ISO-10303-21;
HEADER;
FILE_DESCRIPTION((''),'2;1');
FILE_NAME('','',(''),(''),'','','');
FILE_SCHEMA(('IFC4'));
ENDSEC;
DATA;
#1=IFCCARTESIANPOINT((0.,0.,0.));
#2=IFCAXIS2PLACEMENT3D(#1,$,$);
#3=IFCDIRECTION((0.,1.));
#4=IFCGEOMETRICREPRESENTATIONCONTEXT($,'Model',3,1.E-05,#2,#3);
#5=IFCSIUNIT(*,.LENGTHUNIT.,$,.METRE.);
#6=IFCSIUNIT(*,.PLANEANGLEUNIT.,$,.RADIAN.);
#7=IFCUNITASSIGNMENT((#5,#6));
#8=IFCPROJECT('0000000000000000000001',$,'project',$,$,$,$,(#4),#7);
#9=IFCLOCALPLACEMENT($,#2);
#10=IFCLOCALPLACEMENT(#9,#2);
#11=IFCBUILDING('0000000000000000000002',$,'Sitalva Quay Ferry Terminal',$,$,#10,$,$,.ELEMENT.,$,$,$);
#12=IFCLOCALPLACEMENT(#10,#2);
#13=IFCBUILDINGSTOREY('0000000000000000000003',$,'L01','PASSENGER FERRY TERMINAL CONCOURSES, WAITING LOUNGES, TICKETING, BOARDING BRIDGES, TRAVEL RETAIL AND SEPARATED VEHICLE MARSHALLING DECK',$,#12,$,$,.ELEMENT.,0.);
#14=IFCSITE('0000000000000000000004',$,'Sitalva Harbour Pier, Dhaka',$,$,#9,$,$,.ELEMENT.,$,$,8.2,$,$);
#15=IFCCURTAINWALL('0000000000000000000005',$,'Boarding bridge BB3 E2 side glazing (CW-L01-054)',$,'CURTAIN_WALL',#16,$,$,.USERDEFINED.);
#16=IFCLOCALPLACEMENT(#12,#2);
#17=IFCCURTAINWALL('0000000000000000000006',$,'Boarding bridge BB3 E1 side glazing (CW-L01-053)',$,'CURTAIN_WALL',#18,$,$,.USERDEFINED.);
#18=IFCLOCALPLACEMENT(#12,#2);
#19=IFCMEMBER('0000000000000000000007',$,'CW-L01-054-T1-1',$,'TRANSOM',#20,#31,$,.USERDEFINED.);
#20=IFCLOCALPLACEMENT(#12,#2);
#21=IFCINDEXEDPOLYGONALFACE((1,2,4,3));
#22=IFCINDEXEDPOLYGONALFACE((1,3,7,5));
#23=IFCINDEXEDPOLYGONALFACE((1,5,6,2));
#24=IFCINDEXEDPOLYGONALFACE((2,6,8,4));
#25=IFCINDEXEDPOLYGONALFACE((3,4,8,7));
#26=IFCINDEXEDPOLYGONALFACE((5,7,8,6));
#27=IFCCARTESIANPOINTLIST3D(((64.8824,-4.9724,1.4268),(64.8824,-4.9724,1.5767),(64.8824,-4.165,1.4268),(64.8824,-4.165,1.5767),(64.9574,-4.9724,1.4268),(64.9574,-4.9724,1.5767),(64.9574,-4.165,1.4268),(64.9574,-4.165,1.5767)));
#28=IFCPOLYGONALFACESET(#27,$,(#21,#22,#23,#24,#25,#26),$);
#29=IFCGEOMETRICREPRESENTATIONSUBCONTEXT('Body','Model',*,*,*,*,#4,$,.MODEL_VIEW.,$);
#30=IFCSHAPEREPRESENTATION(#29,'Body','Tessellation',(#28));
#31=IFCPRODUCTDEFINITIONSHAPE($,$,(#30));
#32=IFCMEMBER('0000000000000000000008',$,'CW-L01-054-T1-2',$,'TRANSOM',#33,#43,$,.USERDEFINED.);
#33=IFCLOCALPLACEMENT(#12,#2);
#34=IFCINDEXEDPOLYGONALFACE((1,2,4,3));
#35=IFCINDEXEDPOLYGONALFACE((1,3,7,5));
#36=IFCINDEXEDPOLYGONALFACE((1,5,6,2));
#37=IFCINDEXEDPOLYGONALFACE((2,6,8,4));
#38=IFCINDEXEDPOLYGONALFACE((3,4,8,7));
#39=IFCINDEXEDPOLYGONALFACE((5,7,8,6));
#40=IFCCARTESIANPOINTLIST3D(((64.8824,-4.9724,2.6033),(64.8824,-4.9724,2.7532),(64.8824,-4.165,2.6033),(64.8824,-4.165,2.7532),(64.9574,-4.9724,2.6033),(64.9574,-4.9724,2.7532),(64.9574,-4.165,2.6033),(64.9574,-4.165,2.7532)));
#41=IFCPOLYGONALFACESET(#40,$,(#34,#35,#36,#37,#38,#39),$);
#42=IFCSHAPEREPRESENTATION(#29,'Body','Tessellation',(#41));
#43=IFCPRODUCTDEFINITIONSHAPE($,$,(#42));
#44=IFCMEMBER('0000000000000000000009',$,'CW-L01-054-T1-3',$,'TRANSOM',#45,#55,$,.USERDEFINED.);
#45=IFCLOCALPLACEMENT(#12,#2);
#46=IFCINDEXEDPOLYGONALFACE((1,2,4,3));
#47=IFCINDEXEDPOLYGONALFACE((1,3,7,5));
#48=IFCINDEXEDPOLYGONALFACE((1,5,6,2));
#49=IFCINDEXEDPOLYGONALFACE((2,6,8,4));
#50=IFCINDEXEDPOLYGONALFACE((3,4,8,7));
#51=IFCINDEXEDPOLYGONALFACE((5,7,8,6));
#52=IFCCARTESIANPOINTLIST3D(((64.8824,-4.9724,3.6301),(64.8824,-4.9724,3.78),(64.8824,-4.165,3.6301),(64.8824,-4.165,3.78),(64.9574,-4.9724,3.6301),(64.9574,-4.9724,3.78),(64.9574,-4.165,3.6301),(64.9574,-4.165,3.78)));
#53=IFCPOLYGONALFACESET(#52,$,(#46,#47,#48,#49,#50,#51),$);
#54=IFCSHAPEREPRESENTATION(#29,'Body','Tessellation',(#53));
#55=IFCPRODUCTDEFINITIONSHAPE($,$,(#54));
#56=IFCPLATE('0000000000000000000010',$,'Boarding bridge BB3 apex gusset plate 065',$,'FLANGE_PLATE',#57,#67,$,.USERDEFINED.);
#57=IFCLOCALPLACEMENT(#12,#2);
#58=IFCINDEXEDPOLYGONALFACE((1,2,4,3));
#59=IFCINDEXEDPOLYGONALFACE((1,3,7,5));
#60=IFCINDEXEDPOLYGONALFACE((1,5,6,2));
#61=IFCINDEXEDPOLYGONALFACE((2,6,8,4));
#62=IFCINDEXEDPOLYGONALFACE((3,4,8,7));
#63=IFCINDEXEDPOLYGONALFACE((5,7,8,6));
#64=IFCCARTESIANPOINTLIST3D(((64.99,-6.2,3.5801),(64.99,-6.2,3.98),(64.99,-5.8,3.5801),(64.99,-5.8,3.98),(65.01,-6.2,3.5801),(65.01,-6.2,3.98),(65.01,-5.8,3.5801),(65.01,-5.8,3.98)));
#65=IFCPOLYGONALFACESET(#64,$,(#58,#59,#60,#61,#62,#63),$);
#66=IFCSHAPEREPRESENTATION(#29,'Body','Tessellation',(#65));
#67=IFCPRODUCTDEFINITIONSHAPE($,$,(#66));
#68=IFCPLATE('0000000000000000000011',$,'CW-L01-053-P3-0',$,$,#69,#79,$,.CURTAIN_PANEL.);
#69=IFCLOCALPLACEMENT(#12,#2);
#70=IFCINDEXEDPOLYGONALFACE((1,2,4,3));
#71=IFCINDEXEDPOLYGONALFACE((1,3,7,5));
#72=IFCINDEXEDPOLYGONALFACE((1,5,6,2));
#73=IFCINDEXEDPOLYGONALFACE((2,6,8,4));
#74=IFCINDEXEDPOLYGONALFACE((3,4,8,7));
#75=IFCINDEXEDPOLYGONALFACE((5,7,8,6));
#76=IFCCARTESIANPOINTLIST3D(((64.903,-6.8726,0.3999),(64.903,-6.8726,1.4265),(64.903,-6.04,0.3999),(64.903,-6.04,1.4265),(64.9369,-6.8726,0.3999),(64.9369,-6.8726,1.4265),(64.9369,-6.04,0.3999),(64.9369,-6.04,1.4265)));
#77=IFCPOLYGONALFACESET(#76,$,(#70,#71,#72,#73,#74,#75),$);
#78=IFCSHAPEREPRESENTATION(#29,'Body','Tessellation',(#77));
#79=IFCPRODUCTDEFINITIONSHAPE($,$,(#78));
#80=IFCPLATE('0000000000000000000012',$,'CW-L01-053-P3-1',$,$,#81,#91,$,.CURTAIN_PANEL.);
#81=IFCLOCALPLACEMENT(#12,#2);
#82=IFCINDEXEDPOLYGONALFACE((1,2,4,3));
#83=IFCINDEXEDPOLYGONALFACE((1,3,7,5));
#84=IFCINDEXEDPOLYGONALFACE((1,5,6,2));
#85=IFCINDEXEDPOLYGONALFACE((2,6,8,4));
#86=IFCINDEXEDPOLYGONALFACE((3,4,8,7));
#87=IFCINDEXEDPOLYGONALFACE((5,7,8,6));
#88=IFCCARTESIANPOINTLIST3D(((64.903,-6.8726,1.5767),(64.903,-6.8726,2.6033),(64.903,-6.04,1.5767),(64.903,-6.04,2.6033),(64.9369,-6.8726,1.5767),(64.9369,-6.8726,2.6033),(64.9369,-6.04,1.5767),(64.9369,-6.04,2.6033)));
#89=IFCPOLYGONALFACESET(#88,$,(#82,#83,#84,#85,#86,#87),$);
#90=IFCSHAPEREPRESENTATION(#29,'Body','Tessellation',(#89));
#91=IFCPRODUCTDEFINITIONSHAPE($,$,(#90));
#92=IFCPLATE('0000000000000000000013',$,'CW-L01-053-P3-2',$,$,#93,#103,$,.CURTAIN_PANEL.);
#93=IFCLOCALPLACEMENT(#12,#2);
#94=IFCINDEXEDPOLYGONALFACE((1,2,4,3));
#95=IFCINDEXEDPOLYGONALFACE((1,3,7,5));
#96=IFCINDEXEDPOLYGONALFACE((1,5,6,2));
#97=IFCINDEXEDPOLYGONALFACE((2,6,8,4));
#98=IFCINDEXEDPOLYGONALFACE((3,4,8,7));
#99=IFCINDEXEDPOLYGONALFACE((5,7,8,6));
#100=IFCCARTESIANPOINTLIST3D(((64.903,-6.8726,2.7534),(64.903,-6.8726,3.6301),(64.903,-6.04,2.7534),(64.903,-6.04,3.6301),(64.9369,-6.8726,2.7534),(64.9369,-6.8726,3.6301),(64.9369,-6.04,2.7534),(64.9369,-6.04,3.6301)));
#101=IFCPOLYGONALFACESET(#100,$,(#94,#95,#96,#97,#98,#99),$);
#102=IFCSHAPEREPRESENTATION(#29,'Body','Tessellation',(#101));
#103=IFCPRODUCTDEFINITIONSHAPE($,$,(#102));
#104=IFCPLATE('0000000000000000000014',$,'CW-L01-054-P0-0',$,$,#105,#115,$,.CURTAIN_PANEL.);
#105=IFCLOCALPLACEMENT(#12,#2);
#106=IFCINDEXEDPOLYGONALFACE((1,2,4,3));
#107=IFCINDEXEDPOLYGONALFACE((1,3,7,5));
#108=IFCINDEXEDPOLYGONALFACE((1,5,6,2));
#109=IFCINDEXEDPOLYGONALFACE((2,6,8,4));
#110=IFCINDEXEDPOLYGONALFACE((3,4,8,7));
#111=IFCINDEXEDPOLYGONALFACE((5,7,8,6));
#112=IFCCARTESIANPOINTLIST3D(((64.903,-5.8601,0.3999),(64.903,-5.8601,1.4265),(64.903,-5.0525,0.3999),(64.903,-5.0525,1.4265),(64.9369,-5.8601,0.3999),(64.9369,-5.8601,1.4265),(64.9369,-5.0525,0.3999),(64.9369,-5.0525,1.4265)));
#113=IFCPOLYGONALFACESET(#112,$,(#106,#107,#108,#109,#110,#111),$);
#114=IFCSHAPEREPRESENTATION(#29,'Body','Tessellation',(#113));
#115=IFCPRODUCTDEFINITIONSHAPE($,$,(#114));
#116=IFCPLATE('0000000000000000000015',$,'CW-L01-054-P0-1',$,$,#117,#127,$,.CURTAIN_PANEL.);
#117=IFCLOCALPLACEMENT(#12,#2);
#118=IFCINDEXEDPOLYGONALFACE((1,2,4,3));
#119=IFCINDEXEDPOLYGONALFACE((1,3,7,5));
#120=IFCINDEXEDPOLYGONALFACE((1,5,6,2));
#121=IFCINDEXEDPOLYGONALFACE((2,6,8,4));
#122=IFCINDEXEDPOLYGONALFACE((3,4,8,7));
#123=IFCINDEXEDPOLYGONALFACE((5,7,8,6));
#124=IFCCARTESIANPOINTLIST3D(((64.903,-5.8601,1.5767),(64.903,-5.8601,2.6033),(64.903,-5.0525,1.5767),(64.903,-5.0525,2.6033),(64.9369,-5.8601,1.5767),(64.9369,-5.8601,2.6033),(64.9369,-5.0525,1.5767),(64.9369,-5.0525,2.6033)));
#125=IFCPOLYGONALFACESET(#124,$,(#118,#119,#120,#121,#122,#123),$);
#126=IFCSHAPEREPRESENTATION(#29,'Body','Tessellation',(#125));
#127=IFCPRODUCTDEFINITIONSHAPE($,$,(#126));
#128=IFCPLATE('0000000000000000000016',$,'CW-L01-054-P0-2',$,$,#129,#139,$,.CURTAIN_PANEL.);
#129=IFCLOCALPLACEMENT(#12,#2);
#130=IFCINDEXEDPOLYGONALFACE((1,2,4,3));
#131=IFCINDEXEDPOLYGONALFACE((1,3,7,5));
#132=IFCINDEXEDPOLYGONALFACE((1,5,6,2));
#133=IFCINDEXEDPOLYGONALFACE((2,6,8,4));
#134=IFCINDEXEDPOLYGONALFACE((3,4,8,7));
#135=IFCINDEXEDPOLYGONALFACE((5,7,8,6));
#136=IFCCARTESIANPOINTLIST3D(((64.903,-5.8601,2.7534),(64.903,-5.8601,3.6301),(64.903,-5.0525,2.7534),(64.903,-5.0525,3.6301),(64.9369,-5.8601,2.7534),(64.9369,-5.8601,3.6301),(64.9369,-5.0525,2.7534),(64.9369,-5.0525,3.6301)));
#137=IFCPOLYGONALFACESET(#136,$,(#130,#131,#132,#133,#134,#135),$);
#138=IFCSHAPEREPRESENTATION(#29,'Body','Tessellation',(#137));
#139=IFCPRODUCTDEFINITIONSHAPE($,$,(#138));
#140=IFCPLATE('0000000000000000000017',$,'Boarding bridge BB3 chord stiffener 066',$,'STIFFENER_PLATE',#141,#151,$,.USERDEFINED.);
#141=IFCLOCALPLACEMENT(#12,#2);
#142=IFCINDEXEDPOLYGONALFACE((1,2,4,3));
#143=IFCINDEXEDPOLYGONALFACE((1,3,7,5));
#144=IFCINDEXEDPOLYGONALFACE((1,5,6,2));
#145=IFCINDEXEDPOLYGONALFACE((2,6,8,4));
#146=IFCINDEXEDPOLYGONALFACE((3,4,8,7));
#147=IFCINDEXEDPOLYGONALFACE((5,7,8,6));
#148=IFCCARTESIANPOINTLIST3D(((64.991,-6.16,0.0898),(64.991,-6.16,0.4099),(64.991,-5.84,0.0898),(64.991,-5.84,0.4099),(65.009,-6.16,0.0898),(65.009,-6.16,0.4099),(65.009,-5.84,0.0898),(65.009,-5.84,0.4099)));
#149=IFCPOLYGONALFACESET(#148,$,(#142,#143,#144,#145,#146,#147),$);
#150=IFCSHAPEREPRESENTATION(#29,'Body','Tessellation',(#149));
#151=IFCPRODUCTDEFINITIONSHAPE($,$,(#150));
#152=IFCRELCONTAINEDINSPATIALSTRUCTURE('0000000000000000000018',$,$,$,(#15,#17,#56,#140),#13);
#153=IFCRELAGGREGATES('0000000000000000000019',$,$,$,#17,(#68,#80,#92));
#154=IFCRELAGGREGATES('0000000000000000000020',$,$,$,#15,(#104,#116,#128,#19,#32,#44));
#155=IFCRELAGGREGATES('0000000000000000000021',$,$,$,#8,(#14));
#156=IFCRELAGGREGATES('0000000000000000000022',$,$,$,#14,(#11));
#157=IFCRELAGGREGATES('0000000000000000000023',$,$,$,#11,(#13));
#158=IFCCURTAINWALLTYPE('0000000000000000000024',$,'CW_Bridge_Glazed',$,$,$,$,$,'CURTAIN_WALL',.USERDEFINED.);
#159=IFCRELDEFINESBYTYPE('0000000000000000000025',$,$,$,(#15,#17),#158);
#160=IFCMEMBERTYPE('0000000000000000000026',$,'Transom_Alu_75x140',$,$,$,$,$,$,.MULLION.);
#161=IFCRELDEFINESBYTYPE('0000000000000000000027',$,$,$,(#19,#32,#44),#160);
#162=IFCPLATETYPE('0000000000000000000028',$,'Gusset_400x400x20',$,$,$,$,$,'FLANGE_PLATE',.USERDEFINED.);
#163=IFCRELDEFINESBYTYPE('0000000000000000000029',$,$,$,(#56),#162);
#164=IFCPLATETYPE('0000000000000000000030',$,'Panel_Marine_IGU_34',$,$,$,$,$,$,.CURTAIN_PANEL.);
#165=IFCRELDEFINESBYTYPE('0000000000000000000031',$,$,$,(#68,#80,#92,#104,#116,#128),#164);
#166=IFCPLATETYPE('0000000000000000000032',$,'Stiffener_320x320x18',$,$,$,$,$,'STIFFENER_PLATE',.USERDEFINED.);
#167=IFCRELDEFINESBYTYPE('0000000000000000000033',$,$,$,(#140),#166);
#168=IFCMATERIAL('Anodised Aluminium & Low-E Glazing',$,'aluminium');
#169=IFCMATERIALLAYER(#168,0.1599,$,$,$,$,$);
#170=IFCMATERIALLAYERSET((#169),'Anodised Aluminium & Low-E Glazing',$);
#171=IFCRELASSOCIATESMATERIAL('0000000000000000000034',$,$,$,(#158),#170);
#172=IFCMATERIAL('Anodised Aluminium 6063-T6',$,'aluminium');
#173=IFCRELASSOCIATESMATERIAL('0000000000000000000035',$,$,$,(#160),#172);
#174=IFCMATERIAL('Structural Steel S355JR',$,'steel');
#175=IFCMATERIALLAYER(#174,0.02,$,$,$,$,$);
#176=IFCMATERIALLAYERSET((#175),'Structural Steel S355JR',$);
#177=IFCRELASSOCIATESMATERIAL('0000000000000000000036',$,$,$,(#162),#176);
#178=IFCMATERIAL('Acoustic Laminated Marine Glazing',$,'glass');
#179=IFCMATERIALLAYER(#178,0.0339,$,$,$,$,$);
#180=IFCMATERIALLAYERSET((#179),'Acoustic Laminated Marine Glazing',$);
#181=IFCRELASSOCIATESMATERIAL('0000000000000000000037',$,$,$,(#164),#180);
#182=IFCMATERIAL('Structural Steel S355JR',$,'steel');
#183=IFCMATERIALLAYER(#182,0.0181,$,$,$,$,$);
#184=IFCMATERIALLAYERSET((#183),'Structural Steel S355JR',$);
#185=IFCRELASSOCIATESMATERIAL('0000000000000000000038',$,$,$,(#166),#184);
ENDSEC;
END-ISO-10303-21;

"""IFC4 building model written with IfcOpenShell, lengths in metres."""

from ifc_helpers import new_model, si_unit, direction, frame, origin, origin_2d, place, context, subcontext, project, spatial, rectangle, extrude, material, layer, layer_set, material_profile, profile_set, type_object, element, aggregate, save


model = new_model("IFC4")

# Units and contexts
model_context = context("Model", 3, precision=1e-05, world=origin(), true_north=direction((0.0, 1.0)))
body_context = subcontext(model_context, "Body", "Model", "MODEL_VIEW")
ifc_project = project(units=[si_unit("LENGTHUNIT", "METRE"), si_unit("PLANEANGLEUNIT", "RADIAN")], contexts=[model_context])

# Site, building, storey
site_placement = place(None, origin())
site = spatial("IfcSite", under=ifc_project, at=site_placement, Name="Sitalva Harbour Pier, Dhaka", CompositionType="ELEMENT", RefElevation=8.2)
building_placement = place(site_placement, origin())
building = spatial("IfcBuilding", under=site, at=building_placement, Name="Sitalva Quay Ferry Terminal", CompositionType="ELEMENT")
storey_placement = place(building_placement, origin())
storey = spatial("IfcBuildingStorey", under=building, at=storey_placement, Name="L01", Description="PASSENGER FERRY TERMINAL CONCOURSES, WAITING LOUNGES, TICKETING, BOARDING BRIDGES, TRAVEL RETAIL AND SEPARATED VEHICLE MARSHALLING DECK", CompositionType="ELEMENT", Elevation=0.0)

# Curtain walls
ifc_material_1 = material(Name="Anodised Aluminium & Low-E Glazing", Category="aluminium")
ifc_layer_1 = layer(ifc_material_1, 0.1599)
ifc_layer_set_1 = layer_set([ifc_layer_1], Name="Anodised Aluminium & Low-E Glazing")
curtain_wall_type = type_object("IfcCurtainWallType", Name="CW_Bridge_Glazed", ElementType="CURTAIN_WALL", PredefinedType="USERDEFINED", material=ifc_layer_set_1)
curtain_wall_1_placement = place(storey_placement, origin())
curtain_wall_1 = element("IfcCurtainWall", 1, at=curtain_wall_1_placement, inside=storey, type_object=curtain_wall_type, Name="Boarding bridge BB3 E2 side glazing (CW-L01-054)", ObjectType="CURTAIN_WALL", PredefinedType="USERDEFINED")
curtain_wall_2_placement = place(storey_placement, origin())
curtain_wall_2 = element("IfcCurtainWall", 2, at=curtain_wall_2_placement, inside=storey, type_object=curtain_wall_type, Name="Boarding bridge BB3 E1 side glazing (CW-L01-053)", ObjectType="CURTAIN_WALL", PredefinedType="USERDEFINED")
ifc_material_2 = material(Name="Anodised Aluminium 6063-T6", Category="aluminium")
ifc_material_profile_1 = material_profile(ifc_material_2, rectangle(XDim=0.075, YDim=0.1499, at=origin_2d()), Name="ALU75x150")
ifc_profile_set_1 = profile_set([ifc_material_profile_1], Name="Anodised Aluminium 6063-T6")
member_type_1 = type_object("IfcMemberType", Name="Transom_Alu_75x140", PredefinedType="MULLION", material=ifc_profile_set_1)

# Members
member_1_placement = place(storey_placement, frame((64.9199, -4.9724, 1.5017), z_axis=(0.0, 1.0, 0.0), x_axis=(-1.0, 0.0, 0.0)))
member_1 = element("IfcMember", 3, at=member_1_placement, type_object=member_type_1, Name="CW-L01-054-T1-1", ObjectType="TRANSOM", PredefinedType="USERDEFINED", context=body_context, shape_type="SweptSolid", body=[
    extrude(rectangle(XDim=0.075, YDim=0.1499, at=origin_2d()), origin(), (0.0, 0.0, 1.0), 0.8074),
])
member_2_placement = place(storey_placement, frame((64.9199, -4.9724, 2.6782), z_axis=(0.0, 1.0, 0.0), x_axis=(-1.0, 0.0, 0.0)))
member_2 = element("IfcMember", 4, at=member_2_placement, type_object=member_type_1, Name="CW-L01-054-T1-2", ObjectType="TRANSOM", PredefinedType="USERDEFINED", context=body_context, shape_type="SweptSolid", body=[
    extrude(rectangle(XDim=0.075, YDim=0.1499, at=origin_2d()), origin(), (0.0, 0.0, 1.0), 0.8074),
])
member_3_placement = place(storey_placement, frame((64.9199, -4.9724, 3.7051), z_axis=(0.0, 1.0, 0.0), x_axis=(-1.0, 0.0, 0.0)))
member_3 = element("IfcMember", 5, at=member_3_placement, type_object=member_type_1, Name="CW-L01-054-T1-3", ObjectType="TRANSOM", PredefinedType="USERDEFINED", context=body_context, shape_type="SweptSolid", body=[
    extrude(rectangle(XDim=0.075, YDim=0.1499, at=origin_2d()), origin(), (0.0, 0.0, 1.0), 0.8074),
])

# Plates
ifc_material_3 = material(Name="Structural Steel S355JR", Category="steel")
ifc_layer_2 = layer(ifc_material_3, 0.02)
ifc_layer_set_2 = layer_set([ifc_layer_2], Name="Structural Steel S355JR")
plate_type_1 = type_object("IfcPlateType", Name="Gusset_400x400x20", ElementType="FLANGE_PLATE", PredefinedType="USERDEFINED", material=ifc_layer_set_2)
plate_1_placement = place(storey_placement, frame((65.0, -6.0, 3.5801), z_axis=(0.0, 0.0, 1.0), x_axis=(1.0, 0.0, 0.0)))
element("IfcPlate", 6, at=plate_1_placement, inside=storey, type_object=plate_type_1, Name="Boarding bridge BB3 apex gusset plate 065", ObjectType="FLANGE_PLATE", PredefinedType="USERDEFINED", context=body_context, shape_type="SweptSolid", body=[
    extrude(rectangle(XDim=0.02, YDim=0.3999, at=origin_2d()), origin(), (0.0, 0.0, 1.0), 0.3999),
])
ifc_material_4 = material(Name="Acoustic Laminated Marine Glazing", Category="glass")
ifc_layer_3 = layer(ifc_material_4, 0.0339)
ifc_layer_set_3 = layer_set([ifc_layer_3], Name="Acoustic Laminated Marine Glazing")
plate_type_2 = type_object("IfcPlateType", Name="Panel_Marine_IGU_34", PredefinedType="CURTAIN_PANEL", material=ifc_layer_set_3)
plate_2_placement = place(storey_placement, frame((64.9199, -6.4563, 0.3999), z_axis=(0.0, 0.0, 1.0), x_axis=(0.0, 1.0, 0.0)))
plate_2 = element("IfcPlate", 7, at=plate_2_placement, type_object=plate_type_2, Name="CW-L01-053-P3-0", PredefinedType="CURTAIN_PANEL", context=body_context, shape_type="SweptSolid", body=[
    extrude(rectangle(XDim=0.8325, YDim=0.0339, at=origin_2d()), origin(), (0.0, 0.0, 1.0), 1.0266),
])
plate_3_placement = place(storey_placement, frame((64.9199, -6.4563, 1.5767), z_axis=(0.0, 0.0, 1.0), x_axis=(0.0, 1.0, 0.0)))
plate_3 = element("IfcPlate", 8, at=plate_3_placement, type_object=plate_type_2, Name="CW-L01-053-P3-1", PredefinedType="CURTAIN_PANEL", context=body_context, shape_type="SweptSolid", body=[
    extrude(rectangle(XDim=0.8325, YDim=0.0339, at=origin_2d()), origin(), (0.0, 0.0, 1.0), 1.0266),
])
plate_4_placement = place(storey_placement, frame((64.9199, -6.4563, 2.7534), z_axis=(0.0, 0.0, 1.0), x_axis=(0.0, 1.0, 0.0)))
plate_4 = element("IfcPlate", 9, at=plate_4_placement, type_object=plate_type_2, Name="CW-L01-053-P3-2", PredefinedType="CURTAIN_PANEL", context=body_context, shape_type="SweptSolid", body=[
    extrude(rectangle(XDim=0.8325, YDim=0.0339, at=origin_2d()), origin(), (0.0, 0.0, 1.0), 0.8767),
])
aggregate(curtain_wall_2, [plate_2, plate_3, plate_4])
plate_5_placement = place(storey_placement, frame((64.9199, -5.4563, 0.3999), z_axis=(0.0, 0.0, 1.0), x_axis=(0.0, 1.0, 0.0)))
plate_5 = element("IfcPlate", 10, at=plate_5_placement, type_object=plate_type_2, Name="CW-L01-054-P0-0", PredefinedType="CURTAIN_PANEL", context=body_context, shape_type="SweptSolid", body=[
    extrude(rectangle(XDim=0.8076, YDim=0.0339, at=origin_2d()), origin(), (0.0, 0.0, 1.0), 1.0266),
])
plate_6_placement = place(storey_placement, frame((64.9199, -5.4563, 1.5767), z_axis=(0.0, 0.0, 1.0), x_axis=(0.0, 1.0, 0.0)))
plate_6 = element("IfcPlate", 11, at=plate_6_placement, type_object=plate_type_2, Name="CW-L01-054-P0-1", PredefinedType="CURTAIN_PANEL", context=body_context, shape_type="SweptSolid", body=[
    extrude(rectangle(XDim=0.8076, YDim=0.0339, at=origin_2d()), origin(), (0.0, 0.0, 1.0), 1.0266),
])
plate_7_placement = place(storey_placement, frame((64.9199, -5.4563, 2.7534), z_axis=(0.0, 0.0, 1.0), x_axis=(0.0, 1.0, 0.0)))
plate_7 = element("IfcPlate", 12, at=plate_7_placement, type_object=plate_type_2, Name="CW-L01-054-P0-2", PredefinedType="CURTAIN_PANEL", context=body_context, shape_type="SweptSolid", body=[
    extrude(rectangle(XDim=0.8076, YDim=0.0339, at=origin_2d()), origin(), (0.0, 0.0, 1.0), 0.8767),
])
aggregate(curtain_wall_1, [plate_5, plate_6, plate_7, member_1, member_2, member_3])
ifc_material_5 = material(Name="Structural Steel S355JR", Category="steel")
ifc_layer_4 = layer(ifc_material_5, 0.0181)
ifc_layer_set_4 = layer_set([ifc_layer_4], Name="Structural Steel S355JR")
plate_type_3 = type_object("IfcPlateType", Name="Stiffener_320x320x18", ElementType="STIFFENER_PLATE", PredefinedType="USERDEFINED", material=ifc_layer_set_4)
plate_8_placement = place(storey_placement, frame((65.0, -6.0, 0.0898), z_axis=(0.0, 0.0, 1.0), x_axis=(1.0, 0.0, 0.0)))
element("IfcPlate", 13, at=plate_8_placement, inside=storey, type_object=plate_type_3, Name="Boarding bridge BB3 chord stiffener 066", ObjectType="STIFFENER_PLATE", PredefinedType="USERDEFINED", context=body_context, shape_type="SweptSolid", body=[
    extrude(rectangle(XDim=0.0181, YDim=0.3201, at=origin_2d()), origin(), (0.0, 0.0, 1.0), 0.3201),
])

save(model, "model.ifc")
